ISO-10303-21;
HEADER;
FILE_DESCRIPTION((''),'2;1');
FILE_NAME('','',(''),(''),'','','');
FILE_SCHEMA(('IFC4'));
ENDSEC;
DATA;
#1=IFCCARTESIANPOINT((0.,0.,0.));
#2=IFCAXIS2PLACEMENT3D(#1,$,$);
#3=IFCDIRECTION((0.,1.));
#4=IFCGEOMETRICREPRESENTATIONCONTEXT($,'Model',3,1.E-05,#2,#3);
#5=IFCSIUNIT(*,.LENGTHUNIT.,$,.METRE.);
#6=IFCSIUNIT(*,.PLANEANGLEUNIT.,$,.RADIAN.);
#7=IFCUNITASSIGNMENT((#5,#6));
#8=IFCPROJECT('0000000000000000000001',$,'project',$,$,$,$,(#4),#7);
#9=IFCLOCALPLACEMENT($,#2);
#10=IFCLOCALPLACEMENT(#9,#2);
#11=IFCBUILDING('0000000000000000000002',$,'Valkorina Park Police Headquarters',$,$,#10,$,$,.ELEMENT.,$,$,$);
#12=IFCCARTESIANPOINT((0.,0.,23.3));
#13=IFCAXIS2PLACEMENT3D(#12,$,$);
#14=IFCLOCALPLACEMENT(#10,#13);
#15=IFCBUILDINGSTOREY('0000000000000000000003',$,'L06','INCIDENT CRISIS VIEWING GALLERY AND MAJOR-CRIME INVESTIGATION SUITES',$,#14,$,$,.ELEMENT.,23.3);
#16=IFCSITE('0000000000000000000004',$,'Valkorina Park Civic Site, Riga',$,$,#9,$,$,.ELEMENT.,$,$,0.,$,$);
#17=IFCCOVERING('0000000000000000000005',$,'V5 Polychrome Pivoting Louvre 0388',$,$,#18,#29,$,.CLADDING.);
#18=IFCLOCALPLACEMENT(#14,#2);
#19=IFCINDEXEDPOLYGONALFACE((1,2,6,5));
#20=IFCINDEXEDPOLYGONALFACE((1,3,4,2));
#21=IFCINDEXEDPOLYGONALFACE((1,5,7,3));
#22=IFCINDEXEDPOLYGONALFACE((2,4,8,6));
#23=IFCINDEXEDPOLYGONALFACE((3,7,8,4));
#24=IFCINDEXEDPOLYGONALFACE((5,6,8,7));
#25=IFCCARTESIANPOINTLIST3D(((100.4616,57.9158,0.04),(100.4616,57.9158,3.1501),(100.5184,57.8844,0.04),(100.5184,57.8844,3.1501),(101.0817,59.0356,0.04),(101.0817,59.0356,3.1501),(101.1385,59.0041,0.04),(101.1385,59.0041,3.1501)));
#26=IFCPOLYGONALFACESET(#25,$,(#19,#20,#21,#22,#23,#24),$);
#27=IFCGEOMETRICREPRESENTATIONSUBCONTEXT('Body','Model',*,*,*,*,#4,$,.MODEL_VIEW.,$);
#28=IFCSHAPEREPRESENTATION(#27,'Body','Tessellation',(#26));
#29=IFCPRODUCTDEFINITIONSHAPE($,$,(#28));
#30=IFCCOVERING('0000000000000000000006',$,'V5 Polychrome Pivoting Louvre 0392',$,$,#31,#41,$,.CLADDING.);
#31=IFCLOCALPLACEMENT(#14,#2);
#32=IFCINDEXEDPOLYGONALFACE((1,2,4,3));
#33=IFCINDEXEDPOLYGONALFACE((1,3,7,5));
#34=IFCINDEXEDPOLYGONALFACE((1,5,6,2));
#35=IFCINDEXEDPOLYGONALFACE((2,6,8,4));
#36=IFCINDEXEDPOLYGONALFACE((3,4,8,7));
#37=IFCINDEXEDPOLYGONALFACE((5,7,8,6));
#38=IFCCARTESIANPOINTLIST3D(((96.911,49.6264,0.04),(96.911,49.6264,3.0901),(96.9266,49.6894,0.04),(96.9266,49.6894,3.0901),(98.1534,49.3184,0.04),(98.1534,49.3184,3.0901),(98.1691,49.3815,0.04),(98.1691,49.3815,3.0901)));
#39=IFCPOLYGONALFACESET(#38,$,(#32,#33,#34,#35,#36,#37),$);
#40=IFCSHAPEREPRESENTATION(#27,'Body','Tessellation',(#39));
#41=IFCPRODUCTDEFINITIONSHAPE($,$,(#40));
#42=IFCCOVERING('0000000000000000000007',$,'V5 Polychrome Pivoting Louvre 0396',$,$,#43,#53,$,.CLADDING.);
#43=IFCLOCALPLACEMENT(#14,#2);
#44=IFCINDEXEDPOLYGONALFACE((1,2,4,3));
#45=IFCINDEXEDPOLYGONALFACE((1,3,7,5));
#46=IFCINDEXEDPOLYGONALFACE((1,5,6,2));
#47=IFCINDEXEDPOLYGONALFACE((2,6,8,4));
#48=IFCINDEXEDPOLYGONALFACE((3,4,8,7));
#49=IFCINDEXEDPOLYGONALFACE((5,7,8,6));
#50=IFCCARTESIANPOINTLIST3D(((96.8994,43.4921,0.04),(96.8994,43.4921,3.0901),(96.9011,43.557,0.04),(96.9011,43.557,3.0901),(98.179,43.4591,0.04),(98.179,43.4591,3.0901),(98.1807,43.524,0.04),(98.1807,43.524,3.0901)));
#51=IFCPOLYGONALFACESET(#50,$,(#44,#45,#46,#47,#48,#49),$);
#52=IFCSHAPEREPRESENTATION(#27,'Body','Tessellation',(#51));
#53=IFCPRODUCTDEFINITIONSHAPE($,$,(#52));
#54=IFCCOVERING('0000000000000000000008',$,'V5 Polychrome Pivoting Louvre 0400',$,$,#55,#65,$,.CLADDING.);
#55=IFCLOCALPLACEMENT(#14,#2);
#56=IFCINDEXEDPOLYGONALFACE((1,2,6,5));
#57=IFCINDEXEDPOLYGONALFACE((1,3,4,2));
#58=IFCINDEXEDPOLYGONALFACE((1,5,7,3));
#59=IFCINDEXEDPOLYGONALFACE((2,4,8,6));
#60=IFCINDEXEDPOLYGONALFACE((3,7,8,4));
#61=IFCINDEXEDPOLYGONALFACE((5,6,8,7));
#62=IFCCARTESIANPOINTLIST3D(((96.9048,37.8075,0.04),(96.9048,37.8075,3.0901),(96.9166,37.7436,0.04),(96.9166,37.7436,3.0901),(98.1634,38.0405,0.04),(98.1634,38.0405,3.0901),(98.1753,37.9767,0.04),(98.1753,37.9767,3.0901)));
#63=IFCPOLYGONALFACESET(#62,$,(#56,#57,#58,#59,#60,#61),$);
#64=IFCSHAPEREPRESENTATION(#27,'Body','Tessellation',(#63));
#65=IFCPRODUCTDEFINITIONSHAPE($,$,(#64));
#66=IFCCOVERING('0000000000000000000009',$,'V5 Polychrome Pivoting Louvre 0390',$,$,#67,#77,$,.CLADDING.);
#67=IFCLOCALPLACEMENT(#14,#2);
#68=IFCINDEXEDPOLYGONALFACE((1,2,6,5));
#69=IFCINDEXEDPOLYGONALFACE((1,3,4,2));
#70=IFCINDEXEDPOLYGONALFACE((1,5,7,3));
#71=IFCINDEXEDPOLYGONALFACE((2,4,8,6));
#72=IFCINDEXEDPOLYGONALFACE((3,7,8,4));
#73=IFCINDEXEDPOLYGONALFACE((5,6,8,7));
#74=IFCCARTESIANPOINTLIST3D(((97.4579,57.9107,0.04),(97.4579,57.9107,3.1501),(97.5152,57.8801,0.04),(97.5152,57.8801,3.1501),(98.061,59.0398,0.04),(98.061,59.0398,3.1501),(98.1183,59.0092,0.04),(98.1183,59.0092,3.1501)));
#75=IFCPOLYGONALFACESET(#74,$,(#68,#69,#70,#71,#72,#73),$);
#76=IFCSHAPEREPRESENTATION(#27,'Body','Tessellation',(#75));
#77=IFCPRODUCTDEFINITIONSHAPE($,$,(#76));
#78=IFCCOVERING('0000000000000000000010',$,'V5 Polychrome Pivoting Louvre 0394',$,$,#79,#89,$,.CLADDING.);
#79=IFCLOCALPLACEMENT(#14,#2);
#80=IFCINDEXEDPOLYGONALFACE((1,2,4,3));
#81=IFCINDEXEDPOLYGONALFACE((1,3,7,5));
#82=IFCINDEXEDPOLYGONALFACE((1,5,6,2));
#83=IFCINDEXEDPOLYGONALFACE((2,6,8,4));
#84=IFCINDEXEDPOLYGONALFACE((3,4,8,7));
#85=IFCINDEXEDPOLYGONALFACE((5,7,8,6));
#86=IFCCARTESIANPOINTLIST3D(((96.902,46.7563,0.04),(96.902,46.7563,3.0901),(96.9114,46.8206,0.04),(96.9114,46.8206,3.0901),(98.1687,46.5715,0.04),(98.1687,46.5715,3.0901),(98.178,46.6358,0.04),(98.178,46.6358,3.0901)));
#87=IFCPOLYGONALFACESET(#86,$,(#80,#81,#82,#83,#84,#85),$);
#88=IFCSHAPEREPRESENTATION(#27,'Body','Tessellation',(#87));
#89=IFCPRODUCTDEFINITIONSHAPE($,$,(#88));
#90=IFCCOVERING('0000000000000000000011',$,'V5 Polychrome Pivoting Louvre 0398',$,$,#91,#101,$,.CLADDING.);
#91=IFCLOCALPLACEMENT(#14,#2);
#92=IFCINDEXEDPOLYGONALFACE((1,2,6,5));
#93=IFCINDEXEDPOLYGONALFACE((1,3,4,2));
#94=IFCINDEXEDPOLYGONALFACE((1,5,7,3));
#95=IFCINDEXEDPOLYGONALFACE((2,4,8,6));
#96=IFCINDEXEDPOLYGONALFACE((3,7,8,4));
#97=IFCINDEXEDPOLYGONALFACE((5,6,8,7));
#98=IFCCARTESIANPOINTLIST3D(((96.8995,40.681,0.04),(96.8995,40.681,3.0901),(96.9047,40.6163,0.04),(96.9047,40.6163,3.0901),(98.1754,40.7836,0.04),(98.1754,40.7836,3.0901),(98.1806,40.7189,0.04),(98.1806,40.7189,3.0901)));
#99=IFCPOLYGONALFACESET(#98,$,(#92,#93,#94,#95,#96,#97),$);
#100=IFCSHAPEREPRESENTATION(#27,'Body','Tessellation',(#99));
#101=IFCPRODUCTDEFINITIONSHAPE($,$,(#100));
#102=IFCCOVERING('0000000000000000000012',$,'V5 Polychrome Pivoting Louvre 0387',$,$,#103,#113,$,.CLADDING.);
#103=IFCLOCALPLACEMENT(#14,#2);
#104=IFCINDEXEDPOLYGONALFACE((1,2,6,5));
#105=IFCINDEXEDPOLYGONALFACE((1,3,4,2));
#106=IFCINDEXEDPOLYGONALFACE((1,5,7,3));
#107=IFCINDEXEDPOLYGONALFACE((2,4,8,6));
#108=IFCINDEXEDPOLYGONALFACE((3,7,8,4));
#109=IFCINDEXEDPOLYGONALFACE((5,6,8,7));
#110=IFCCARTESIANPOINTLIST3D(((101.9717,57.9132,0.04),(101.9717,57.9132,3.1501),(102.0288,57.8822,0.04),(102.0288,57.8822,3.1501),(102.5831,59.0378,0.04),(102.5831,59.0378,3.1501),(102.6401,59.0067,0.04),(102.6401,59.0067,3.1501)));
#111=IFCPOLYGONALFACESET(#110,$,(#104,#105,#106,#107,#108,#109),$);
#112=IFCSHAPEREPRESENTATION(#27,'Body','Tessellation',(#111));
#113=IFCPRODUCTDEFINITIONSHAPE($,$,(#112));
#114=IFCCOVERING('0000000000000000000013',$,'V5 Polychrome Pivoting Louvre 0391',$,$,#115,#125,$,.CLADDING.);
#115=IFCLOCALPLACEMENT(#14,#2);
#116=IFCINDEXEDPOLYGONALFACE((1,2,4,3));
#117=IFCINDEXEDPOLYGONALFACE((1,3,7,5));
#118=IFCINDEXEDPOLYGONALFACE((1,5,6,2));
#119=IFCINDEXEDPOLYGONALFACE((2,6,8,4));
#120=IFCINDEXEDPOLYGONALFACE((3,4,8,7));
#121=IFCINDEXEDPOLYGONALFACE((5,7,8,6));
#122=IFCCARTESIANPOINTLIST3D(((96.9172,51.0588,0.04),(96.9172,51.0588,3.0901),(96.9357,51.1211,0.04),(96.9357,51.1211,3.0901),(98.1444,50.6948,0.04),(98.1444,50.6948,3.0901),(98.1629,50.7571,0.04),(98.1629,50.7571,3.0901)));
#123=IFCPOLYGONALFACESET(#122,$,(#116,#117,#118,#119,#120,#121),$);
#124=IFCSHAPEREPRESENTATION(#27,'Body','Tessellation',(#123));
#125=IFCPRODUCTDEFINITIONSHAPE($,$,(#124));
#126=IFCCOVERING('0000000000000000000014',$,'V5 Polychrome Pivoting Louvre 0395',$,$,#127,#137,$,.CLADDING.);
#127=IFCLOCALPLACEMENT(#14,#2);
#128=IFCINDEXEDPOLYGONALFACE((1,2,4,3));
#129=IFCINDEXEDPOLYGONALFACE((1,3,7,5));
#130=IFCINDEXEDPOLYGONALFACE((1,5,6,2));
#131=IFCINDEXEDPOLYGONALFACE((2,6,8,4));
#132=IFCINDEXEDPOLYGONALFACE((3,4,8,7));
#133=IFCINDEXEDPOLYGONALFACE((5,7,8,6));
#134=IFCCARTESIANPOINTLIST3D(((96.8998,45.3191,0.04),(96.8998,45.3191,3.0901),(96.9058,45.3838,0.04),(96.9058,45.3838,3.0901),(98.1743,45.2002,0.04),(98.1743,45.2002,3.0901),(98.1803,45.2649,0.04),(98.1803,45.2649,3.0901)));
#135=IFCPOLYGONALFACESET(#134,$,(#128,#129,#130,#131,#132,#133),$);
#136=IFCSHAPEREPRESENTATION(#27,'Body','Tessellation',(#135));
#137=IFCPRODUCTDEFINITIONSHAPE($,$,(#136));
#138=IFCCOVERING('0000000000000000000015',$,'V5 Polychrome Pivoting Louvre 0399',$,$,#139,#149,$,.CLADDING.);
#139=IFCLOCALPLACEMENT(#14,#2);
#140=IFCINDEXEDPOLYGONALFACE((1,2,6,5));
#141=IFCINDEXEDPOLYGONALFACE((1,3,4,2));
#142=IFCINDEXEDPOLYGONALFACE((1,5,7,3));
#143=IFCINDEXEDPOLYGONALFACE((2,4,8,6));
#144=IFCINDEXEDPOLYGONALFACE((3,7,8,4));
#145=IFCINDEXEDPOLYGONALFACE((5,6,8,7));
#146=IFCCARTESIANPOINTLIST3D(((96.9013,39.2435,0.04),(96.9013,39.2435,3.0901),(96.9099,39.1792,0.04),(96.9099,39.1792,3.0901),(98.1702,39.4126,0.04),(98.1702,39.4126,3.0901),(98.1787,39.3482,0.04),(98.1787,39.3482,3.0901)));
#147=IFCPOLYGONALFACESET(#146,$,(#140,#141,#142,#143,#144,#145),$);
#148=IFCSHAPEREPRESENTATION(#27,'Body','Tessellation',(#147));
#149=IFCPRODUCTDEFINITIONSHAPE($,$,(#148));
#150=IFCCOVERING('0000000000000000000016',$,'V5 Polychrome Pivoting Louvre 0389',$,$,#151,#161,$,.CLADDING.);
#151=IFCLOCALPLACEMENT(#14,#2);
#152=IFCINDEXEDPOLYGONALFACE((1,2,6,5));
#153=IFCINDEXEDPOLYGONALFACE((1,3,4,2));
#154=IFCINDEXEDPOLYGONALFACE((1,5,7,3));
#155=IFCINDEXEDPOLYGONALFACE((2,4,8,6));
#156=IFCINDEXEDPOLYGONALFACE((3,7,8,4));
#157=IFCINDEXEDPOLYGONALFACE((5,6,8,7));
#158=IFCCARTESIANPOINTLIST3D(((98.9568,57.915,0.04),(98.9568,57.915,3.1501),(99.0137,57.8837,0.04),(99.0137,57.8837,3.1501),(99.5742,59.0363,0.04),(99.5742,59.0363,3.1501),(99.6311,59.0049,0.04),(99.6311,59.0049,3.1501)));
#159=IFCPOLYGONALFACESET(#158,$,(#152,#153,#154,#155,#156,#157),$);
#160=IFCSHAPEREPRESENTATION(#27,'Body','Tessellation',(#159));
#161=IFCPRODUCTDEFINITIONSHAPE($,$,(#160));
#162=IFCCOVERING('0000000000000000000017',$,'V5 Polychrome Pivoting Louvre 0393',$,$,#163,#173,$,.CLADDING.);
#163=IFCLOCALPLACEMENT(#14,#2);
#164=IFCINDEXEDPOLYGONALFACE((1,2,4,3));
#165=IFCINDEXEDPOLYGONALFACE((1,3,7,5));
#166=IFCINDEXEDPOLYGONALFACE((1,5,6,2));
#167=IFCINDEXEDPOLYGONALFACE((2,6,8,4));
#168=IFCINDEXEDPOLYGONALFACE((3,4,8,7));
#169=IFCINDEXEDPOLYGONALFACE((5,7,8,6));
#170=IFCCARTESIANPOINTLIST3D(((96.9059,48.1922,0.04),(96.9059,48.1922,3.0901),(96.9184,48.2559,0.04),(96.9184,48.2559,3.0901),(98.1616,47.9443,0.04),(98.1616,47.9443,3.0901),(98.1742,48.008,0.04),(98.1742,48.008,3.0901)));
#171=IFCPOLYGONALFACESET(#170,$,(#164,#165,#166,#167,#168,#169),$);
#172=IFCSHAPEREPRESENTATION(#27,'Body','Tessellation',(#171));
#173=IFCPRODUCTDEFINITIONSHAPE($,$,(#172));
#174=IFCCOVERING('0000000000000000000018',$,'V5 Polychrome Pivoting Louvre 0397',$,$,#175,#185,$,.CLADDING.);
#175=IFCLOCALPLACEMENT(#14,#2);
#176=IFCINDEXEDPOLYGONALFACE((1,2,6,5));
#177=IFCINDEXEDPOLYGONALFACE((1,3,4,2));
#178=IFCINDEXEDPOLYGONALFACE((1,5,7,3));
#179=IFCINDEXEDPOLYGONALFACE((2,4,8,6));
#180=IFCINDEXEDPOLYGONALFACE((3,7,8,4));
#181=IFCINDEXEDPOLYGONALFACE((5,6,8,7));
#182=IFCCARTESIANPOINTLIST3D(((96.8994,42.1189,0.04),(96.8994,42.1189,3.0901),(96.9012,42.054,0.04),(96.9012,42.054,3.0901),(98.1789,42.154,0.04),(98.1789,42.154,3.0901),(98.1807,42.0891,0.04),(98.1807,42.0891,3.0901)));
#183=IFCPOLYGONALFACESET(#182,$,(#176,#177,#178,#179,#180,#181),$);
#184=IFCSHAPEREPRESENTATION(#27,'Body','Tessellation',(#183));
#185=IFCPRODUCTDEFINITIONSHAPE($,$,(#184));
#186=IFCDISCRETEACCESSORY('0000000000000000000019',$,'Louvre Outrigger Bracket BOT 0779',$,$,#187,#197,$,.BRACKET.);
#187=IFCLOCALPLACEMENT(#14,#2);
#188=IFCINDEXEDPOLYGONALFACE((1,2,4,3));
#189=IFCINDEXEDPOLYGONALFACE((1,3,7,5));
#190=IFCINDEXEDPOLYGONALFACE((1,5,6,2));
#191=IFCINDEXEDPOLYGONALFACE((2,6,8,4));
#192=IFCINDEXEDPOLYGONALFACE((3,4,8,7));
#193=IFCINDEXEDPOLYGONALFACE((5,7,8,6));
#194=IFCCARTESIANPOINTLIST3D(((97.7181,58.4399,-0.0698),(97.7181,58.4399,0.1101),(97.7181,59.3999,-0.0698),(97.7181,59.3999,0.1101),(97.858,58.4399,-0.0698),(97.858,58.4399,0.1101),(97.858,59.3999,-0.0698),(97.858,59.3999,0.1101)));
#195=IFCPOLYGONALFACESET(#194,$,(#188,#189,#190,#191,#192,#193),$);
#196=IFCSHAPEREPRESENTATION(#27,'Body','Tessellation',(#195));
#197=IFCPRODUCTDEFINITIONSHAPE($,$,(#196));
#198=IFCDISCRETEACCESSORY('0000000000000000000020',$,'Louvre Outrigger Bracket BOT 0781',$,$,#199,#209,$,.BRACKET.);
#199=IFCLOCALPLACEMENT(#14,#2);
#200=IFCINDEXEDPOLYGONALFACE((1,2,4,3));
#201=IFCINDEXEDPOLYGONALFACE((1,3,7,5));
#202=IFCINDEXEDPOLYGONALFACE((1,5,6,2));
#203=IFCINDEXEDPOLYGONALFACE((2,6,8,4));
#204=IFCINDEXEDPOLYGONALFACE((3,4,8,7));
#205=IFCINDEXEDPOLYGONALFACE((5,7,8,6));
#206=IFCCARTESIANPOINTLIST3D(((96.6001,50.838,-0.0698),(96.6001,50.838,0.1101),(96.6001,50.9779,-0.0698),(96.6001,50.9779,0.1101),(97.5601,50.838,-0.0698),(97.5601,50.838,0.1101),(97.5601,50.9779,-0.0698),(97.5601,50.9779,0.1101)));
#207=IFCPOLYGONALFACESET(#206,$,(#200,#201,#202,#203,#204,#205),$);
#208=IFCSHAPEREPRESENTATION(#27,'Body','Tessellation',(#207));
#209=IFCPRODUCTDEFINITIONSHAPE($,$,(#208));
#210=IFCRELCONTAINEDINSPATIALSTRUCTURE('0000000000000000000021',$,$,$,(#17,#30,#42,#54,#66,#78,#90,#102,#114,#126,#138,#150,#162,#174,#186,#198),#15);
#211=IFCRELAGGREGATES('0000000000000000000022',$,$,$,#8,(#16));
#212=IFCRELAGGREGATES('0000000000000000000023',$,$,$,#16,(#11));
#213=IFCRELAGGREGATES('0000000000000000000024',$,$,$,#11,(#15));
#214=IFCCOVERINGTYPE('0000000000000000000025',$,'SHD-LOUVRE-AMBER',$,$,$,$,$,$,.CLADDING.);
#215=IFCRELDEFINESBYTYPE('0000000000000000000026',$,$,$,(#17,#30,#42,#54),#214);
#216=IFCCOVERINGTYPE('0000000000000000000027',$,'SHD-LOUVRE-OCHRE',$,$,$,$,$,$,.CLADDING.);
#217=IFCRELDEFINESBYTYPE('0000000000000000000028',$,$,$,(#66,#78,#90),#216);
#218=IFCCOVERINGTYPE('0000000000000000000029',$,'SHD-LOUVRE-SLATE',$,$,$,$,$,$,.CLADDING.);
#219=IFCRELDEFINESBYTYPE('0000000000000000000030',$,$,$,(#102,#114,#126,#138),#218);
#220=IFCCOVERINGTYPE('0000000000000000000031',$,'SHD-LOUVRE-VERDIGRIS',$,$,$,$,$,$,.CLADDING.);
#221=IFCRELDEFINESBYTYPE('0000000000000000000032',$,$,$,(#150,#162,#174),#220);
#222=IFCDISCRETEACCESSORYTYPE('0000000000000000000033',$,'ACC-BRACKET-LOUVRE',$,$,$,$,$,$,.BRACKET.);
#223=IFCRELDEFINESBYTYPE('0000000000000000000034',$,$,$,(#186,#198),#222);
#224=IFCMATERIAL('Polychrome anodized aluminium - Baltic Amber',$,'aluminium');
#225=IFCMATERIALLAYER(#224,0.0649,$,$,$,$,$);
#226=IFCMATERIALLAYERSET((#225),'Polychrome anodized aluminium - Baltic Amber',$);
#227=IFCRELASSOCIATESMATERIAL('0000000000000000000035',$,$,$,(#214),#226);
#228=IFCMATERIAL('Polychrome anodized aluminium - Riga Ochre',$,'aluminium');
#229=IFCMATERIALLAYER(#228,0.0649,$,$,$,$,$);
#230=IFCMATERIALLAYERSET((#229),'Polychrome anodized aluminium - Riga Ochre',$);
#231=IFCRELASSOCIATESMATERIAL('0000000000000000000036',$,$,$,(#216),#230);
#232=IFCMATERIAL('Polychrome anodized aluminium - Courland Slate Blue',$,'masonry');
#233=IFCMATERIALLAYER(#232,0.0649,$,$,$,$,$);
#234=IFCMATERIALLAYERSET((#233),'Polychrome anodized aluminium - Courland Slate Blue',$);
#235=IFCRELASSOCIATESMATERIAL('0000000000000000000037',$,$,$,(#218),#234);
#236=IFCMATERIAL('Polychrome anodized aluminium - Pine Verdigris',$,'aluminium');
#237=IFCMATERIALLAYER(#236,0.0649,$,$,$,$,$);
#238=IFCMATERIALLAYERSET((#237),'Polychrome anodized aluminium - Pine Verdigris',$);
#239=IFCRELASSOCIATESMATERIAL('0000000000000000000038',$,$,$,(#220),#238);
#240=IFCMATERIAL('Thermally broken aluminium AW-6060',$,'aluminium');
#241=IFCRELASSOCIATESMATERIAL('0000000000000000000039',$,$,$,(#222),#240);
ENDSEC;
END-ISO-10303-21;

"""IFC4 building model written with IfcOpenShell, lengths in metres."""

from ifc_helpers import new_model, si_unit, direction, frame, origin, origin_2d, place, context, subcontext, project, spatial, rectangle, extrude, material, layer, layer_set, type_object, element, save


model = new_model("IFC4")

# Units and contexts
model_context = context("Model", 3, precision=1e-05, world=origin(), true_north=direction((0.0, 1.0)))
body_context = subcontext(model_context, "Body", "Model", "MODEL_VIEW")
ifc_project = project(units=[si_unit("LENGTHUNIT", "METRE"), si_unit("PLANEANGLEUNIT", "RADIAN")], contexts=[model_context])

# Site, building, storey
site_placement = place(None, origin())
site = spatial("IfcSite", under=ifc_project, at=site_placement, Name="Valkorina Park Civic Site, Riga", CompositionType="ELEMENT", RefElevation=0.0)
building_placement = place(site_placement, origin())
building = spatial("IfcBuilding", under=site, at=building_placement, Name="Valkorina Park Police Headquarters", CompositionType="ELEMENT")
storey_placement = place(building_placement, frame((0.0, 0.0, 23.3)))
storey = spatial("IfcBuildingStorey", under=building, at=storey_placement, Name="L06", Description="INCIDENT CRISIS VIEWING GALLERY AND MAJOR-CRIME INVESTIGATION SUITES", CompositionType="ELEMENT", Elevation=23.3)

# Coverings
ifc_material_1 = material(Name="Polychrome anodized aluminium - Baltic Amber", Category="aluminium")
ifc_layer_1 = layer(ifc_material_1, 0.0649)
ifc_layer_set_1 = layer_set([ifc_layer_1], Name="Polychrome anodized aluminium - Baltic Amber")
covering_type_1 = type_object("IfcCoveringType", Name="SHD-LOUVRE-AMBER", PredefinedType="CLADDING", material=ifc_layer_set_1)
covering_1_placement = place(storey_placement, frame((100.8, 58.46, 0.04), z_axis=(0.0, 0.0, 1.0), x_axis=(-0.484504, -0.874789, 0.0)))
element("IfcCovering", 1, at=covering_1_placement, inside=storey, type_object=covering_type_1, Name="V5 Polychrome Pivoting Louvre 0388", PredefinedType="CLADDING", context=body_context, shape_type="SweptSolid", body=[
    extrude(rectangle(XDim=1.28, YDim=0.0649, at=origin_2d()), origin(), (0.0, 0.0, 1.0), 3.1101),
])
for number, where, z_axis, x_axis, name in (
    (2, (97.54, 49.5039, 0.04), (0.0, 0.0, 1.0), (0.970633, -0.240567, 0.0), "V5 Polychrome Pivoting Louvre 0392"),
    (3, (97.54, 43.5081, 0.04), (0.0, 0.0, 1.0), (0.999666, -0.025828, 0.0), "V5 Polychrome Pivoting Louvre 0396"),
    (4, (97.54, 37.8921, 0.04), (0.0, 0.0, 1.0), (0.983287, 0.182064, 0.0), "V5 Polychrome Pivoting Louvre 0400"),
):
    element("IfcCovering", number, at=place(storey_placement, frame(where, z_axis=z_axis, x_axis=x_axis)), inside=storey, type_object=covering_type_1, Name=name, PredefinedType="CLADDING", context=body_context, shape_type="SweptSolid", body=[
        extrude(rectangle(XDim=1.28, YDim=0.0649, at=origin_2d()), origin(), (0.0, 0.0, 1.0), 3.05),
    ])
ifc_material_2 = material(Name="Polychrome anodized aluminium - Riga Ochre", Category="aluminium")
ifc_layer_2 = layer(ifc_material_2, 0.0649)
ifc_layer_set_2 = layer_set([ifc_layer_2], Name="Polychrome anodized aluminium - Riga Ochre")
covering_type_2 = type_object("IfcCoveringType", Name="SHD-LOUVRE-OCHRE", PredefinedType="CLADDING", material=ifc_layer_set_2)
covering_2_placement = place(storey_placement, frame((97.7881, 58.46, 0.04), z_axis=(0.0, 0.0, 1.0), x_axis=(-0.471166, -0.882045, 0.0)))
element("IfcCovering", 5, at=covering_2_placement, inside=storey, type_object=covering_type_2, Name="V5 Polychrome Pivoting Louvre 0390", PredefinedType="CLADDING", context=body_context, shape_type="SweptSolid", body=[
    extrude(rectangle(XDim=1.28, YDim=0.0649, at=origin_2d()), origin(), (0.0, 0.0, 1.0), 3.1101),
])
for number, where, z_axis, x_axis, name in (
    (6, (97.54, 46.696, 0.04), (0.0, 0.0, 1.0), (0.989526, -0.144356, 0.0), "V5 Polychrome Pivoting Louvre 0394"),
    (7, (97.54, 40.7, 0.04), (0.0, 0.0, 1.0), (0.996779, 0.080199, 0.0), "V5 Polychrome Pivoting Louvre 0398"),
):
    element("IfcCovering", number, at=place(storey_placement, frame(where, z_axis=z_axis, x_axis=x_axis)), inside=storey, type_object=covering_type_2, Name=name, PredefinedType="CLADDING", context=body_context, shape_type="SweptSolid", body=[
        extrude(rectangle(XDim=1.28, YDim=0.0649, at=origin_2d()), origin(), (0.0, 0.0, 1.0), 3.05),
    ])
ifc_material_3 = material(Name="Polychrome anodized aluminium - Courland Slate Blue", Category="masonry")
ifc_layer_3 = layer(ifc_material_3, 0.0649)
ifc_layer_set_3 = layer_set([ifc_layer_3], Name="Polychrome anodized aluminium - Courland Slate Blue")
covering_type_3 = type_object("IfcCoveringType", Name="SHD-LOUVRE-SLATE", PredefinedType="CLADDING", material=ifc_layer_set_3)
covering_3_placement = place(storey_placement, frame((102.3059, 58.46, 0.04), z_axis=(0.0, 0.0, 1.0), x_axis=(-0.477619, -0.878567, 0.0)))
element("IfcCovering", 8, at=covering_3_placement, inside=storey, type_object=covering_type_3, Name="V5 Polychrome Pivoting Louvre 0387", PredefinedType="CLADDING", context=body_context, shape_type="SweptSolid", body=[
    extrude(rectangle(XDim=1.28, YDim=0.0649, at=origin_2d()), origin(), (0.0, 0.0, 1.0), 3.1101),
])
for number, where, z_axis, x_axis, name in (
    (9, (97.54, 50.908, 0.04), (0.0, 0.0, 1.0), (0.958721, -0.28435, 0.0), "V5 Polychrome Pivoting Louvre 0391"),
    (10, (97.54, 45.292, 0.04), (0.0, 0.0, 1.0), (0.995676, -0.092892, 0.0), "V5 Polychrome Pivoting Louvre 0395"),
    (11, (97.54, 39.2959, 0.04), (0.0, 0.0, 1.0), (0.991239, 0.132083, 0.0), "V5 Polychrome Pivoting Louvre 0399"),
):
    element("IfcCovering", number, at=place(storey_placement, frame(where, z_axis=z_axis, x_axis=x_axis)), inside=storey, type_object=covering_type_3, Name=name, PredefinedType="CLADDING", context=body_context, shape_type="SweptSolid", body=[
        extrude(rectangle(XDim=1.28, YDim=0.0649, at=origin_2d()), origin(), (0.0, 0.0, 1.0), 3.05),
    ])
ifc_material_4 = material(Name="Polychrome anodized aluminium - Pine Verdigris", Category="aluminium")
ifc_layer_4 = layer(ifc_material_4, 0.0649)
ifc_layer_set_4 = layer_set([ifc_layer_4], Name="Polychrome anodized aluminium - Pine Verdigris")
covering_type_4 = type_object("IfcCoveringType", Name="SHD-LOUVRE-VERDIGRIS", PredefinedType="CLADDING", material=ifc_layer_set_4)
covering_4_placement = place(storey_placement, frame((99.2939, 58.46, 0.04), z_axis=(0.0, 0.0, 1.0), x_axis=(-0.482365, -0.87597, 0.0)))
element("IfcCovering", 12, at=covering_4_placement, inside=storey, type_object=covering_type_4, Name="V5 Polychrome Pivoting Louvre 0389", PredefinedType="CLADDING", context=body_context, shape_type="SweptSolid", body=[
    extrude(rectangle(XDim=1.28, YDim=0.0649, at=origin_2d()), origin(), (0.0, 0.0, 1.0), 3.1101),
])
for number, where, z_axis, x_axis, name in (
    (13, (97.54, 48.1001, 0.04), (0.0, 0.0, 1.0), (0.981057, -0.193721, 0.0), "V5 Polychrome Pivoting Louvre 0393"),
    (14, (97.54, 42.104, 0.04), (0.0, 0.0, 1.0), (0.999625, 0.027398, 0.0), "V5 Polychrome Pivoting Louvre 0397"),
):
    element("IfcCovering", number, at=place(storey_placement, frame(where, z_axis=z_axis, x_axis=x_axis)), inside=storey, type_object=covering_type_4, Name=name, PredefinedType="CLADDING", context=body_context, shape_type="SweptSolid", body=[
        extrude(rectangle(XDim=1.28, YDim=0.0649, at=origin_2d()), origin(), (0.0, 0.0, 1.0), 3.05),
    ])

# Discrete accessories
ifc_material_5 = material(Name="Thermally broken aluminium AW-6060", Category="aluminium")
discrete_accessory_type = type_object("IfcDiscreteAccessoryType", Name="ACC-BRACKET-LOUVRE", PredefinedType="BRACKET", material=ifc_material_5)
for number, where, z_axis, x_axis, name in (
    (15, (97.7881, 58.9199, -0.0698), (0.0, 0.0, 1.0), (0.0, -1.0, 0.0), "Louvre Outrigger Bracket BOT 0779"),
    (16, (97.0801, 50.908, -0.0698), (0.0, 0.0, 1.0), (1.0, 0.0, 0.0), "Louvre Outrigger Bracket BOT 0781"),
):
    element("IfcDiscreteAccessory", number, at=place(storey_placement, frame(where, z_axis=z_axis, x_axis=x_axis)), inside=storey, type_object=discrete_accessory_type, Name=name, PredefinedType="BRACKET", context=body_context, shape_type="SweptSolid", body=[
        extrude(rectangle(XDim=0.96, YDim=0.1399, at=origin_2d()), origin(), (0.0, 0.0, 1.0), 0.1799),
    ])

save(model, "model.ifc")
